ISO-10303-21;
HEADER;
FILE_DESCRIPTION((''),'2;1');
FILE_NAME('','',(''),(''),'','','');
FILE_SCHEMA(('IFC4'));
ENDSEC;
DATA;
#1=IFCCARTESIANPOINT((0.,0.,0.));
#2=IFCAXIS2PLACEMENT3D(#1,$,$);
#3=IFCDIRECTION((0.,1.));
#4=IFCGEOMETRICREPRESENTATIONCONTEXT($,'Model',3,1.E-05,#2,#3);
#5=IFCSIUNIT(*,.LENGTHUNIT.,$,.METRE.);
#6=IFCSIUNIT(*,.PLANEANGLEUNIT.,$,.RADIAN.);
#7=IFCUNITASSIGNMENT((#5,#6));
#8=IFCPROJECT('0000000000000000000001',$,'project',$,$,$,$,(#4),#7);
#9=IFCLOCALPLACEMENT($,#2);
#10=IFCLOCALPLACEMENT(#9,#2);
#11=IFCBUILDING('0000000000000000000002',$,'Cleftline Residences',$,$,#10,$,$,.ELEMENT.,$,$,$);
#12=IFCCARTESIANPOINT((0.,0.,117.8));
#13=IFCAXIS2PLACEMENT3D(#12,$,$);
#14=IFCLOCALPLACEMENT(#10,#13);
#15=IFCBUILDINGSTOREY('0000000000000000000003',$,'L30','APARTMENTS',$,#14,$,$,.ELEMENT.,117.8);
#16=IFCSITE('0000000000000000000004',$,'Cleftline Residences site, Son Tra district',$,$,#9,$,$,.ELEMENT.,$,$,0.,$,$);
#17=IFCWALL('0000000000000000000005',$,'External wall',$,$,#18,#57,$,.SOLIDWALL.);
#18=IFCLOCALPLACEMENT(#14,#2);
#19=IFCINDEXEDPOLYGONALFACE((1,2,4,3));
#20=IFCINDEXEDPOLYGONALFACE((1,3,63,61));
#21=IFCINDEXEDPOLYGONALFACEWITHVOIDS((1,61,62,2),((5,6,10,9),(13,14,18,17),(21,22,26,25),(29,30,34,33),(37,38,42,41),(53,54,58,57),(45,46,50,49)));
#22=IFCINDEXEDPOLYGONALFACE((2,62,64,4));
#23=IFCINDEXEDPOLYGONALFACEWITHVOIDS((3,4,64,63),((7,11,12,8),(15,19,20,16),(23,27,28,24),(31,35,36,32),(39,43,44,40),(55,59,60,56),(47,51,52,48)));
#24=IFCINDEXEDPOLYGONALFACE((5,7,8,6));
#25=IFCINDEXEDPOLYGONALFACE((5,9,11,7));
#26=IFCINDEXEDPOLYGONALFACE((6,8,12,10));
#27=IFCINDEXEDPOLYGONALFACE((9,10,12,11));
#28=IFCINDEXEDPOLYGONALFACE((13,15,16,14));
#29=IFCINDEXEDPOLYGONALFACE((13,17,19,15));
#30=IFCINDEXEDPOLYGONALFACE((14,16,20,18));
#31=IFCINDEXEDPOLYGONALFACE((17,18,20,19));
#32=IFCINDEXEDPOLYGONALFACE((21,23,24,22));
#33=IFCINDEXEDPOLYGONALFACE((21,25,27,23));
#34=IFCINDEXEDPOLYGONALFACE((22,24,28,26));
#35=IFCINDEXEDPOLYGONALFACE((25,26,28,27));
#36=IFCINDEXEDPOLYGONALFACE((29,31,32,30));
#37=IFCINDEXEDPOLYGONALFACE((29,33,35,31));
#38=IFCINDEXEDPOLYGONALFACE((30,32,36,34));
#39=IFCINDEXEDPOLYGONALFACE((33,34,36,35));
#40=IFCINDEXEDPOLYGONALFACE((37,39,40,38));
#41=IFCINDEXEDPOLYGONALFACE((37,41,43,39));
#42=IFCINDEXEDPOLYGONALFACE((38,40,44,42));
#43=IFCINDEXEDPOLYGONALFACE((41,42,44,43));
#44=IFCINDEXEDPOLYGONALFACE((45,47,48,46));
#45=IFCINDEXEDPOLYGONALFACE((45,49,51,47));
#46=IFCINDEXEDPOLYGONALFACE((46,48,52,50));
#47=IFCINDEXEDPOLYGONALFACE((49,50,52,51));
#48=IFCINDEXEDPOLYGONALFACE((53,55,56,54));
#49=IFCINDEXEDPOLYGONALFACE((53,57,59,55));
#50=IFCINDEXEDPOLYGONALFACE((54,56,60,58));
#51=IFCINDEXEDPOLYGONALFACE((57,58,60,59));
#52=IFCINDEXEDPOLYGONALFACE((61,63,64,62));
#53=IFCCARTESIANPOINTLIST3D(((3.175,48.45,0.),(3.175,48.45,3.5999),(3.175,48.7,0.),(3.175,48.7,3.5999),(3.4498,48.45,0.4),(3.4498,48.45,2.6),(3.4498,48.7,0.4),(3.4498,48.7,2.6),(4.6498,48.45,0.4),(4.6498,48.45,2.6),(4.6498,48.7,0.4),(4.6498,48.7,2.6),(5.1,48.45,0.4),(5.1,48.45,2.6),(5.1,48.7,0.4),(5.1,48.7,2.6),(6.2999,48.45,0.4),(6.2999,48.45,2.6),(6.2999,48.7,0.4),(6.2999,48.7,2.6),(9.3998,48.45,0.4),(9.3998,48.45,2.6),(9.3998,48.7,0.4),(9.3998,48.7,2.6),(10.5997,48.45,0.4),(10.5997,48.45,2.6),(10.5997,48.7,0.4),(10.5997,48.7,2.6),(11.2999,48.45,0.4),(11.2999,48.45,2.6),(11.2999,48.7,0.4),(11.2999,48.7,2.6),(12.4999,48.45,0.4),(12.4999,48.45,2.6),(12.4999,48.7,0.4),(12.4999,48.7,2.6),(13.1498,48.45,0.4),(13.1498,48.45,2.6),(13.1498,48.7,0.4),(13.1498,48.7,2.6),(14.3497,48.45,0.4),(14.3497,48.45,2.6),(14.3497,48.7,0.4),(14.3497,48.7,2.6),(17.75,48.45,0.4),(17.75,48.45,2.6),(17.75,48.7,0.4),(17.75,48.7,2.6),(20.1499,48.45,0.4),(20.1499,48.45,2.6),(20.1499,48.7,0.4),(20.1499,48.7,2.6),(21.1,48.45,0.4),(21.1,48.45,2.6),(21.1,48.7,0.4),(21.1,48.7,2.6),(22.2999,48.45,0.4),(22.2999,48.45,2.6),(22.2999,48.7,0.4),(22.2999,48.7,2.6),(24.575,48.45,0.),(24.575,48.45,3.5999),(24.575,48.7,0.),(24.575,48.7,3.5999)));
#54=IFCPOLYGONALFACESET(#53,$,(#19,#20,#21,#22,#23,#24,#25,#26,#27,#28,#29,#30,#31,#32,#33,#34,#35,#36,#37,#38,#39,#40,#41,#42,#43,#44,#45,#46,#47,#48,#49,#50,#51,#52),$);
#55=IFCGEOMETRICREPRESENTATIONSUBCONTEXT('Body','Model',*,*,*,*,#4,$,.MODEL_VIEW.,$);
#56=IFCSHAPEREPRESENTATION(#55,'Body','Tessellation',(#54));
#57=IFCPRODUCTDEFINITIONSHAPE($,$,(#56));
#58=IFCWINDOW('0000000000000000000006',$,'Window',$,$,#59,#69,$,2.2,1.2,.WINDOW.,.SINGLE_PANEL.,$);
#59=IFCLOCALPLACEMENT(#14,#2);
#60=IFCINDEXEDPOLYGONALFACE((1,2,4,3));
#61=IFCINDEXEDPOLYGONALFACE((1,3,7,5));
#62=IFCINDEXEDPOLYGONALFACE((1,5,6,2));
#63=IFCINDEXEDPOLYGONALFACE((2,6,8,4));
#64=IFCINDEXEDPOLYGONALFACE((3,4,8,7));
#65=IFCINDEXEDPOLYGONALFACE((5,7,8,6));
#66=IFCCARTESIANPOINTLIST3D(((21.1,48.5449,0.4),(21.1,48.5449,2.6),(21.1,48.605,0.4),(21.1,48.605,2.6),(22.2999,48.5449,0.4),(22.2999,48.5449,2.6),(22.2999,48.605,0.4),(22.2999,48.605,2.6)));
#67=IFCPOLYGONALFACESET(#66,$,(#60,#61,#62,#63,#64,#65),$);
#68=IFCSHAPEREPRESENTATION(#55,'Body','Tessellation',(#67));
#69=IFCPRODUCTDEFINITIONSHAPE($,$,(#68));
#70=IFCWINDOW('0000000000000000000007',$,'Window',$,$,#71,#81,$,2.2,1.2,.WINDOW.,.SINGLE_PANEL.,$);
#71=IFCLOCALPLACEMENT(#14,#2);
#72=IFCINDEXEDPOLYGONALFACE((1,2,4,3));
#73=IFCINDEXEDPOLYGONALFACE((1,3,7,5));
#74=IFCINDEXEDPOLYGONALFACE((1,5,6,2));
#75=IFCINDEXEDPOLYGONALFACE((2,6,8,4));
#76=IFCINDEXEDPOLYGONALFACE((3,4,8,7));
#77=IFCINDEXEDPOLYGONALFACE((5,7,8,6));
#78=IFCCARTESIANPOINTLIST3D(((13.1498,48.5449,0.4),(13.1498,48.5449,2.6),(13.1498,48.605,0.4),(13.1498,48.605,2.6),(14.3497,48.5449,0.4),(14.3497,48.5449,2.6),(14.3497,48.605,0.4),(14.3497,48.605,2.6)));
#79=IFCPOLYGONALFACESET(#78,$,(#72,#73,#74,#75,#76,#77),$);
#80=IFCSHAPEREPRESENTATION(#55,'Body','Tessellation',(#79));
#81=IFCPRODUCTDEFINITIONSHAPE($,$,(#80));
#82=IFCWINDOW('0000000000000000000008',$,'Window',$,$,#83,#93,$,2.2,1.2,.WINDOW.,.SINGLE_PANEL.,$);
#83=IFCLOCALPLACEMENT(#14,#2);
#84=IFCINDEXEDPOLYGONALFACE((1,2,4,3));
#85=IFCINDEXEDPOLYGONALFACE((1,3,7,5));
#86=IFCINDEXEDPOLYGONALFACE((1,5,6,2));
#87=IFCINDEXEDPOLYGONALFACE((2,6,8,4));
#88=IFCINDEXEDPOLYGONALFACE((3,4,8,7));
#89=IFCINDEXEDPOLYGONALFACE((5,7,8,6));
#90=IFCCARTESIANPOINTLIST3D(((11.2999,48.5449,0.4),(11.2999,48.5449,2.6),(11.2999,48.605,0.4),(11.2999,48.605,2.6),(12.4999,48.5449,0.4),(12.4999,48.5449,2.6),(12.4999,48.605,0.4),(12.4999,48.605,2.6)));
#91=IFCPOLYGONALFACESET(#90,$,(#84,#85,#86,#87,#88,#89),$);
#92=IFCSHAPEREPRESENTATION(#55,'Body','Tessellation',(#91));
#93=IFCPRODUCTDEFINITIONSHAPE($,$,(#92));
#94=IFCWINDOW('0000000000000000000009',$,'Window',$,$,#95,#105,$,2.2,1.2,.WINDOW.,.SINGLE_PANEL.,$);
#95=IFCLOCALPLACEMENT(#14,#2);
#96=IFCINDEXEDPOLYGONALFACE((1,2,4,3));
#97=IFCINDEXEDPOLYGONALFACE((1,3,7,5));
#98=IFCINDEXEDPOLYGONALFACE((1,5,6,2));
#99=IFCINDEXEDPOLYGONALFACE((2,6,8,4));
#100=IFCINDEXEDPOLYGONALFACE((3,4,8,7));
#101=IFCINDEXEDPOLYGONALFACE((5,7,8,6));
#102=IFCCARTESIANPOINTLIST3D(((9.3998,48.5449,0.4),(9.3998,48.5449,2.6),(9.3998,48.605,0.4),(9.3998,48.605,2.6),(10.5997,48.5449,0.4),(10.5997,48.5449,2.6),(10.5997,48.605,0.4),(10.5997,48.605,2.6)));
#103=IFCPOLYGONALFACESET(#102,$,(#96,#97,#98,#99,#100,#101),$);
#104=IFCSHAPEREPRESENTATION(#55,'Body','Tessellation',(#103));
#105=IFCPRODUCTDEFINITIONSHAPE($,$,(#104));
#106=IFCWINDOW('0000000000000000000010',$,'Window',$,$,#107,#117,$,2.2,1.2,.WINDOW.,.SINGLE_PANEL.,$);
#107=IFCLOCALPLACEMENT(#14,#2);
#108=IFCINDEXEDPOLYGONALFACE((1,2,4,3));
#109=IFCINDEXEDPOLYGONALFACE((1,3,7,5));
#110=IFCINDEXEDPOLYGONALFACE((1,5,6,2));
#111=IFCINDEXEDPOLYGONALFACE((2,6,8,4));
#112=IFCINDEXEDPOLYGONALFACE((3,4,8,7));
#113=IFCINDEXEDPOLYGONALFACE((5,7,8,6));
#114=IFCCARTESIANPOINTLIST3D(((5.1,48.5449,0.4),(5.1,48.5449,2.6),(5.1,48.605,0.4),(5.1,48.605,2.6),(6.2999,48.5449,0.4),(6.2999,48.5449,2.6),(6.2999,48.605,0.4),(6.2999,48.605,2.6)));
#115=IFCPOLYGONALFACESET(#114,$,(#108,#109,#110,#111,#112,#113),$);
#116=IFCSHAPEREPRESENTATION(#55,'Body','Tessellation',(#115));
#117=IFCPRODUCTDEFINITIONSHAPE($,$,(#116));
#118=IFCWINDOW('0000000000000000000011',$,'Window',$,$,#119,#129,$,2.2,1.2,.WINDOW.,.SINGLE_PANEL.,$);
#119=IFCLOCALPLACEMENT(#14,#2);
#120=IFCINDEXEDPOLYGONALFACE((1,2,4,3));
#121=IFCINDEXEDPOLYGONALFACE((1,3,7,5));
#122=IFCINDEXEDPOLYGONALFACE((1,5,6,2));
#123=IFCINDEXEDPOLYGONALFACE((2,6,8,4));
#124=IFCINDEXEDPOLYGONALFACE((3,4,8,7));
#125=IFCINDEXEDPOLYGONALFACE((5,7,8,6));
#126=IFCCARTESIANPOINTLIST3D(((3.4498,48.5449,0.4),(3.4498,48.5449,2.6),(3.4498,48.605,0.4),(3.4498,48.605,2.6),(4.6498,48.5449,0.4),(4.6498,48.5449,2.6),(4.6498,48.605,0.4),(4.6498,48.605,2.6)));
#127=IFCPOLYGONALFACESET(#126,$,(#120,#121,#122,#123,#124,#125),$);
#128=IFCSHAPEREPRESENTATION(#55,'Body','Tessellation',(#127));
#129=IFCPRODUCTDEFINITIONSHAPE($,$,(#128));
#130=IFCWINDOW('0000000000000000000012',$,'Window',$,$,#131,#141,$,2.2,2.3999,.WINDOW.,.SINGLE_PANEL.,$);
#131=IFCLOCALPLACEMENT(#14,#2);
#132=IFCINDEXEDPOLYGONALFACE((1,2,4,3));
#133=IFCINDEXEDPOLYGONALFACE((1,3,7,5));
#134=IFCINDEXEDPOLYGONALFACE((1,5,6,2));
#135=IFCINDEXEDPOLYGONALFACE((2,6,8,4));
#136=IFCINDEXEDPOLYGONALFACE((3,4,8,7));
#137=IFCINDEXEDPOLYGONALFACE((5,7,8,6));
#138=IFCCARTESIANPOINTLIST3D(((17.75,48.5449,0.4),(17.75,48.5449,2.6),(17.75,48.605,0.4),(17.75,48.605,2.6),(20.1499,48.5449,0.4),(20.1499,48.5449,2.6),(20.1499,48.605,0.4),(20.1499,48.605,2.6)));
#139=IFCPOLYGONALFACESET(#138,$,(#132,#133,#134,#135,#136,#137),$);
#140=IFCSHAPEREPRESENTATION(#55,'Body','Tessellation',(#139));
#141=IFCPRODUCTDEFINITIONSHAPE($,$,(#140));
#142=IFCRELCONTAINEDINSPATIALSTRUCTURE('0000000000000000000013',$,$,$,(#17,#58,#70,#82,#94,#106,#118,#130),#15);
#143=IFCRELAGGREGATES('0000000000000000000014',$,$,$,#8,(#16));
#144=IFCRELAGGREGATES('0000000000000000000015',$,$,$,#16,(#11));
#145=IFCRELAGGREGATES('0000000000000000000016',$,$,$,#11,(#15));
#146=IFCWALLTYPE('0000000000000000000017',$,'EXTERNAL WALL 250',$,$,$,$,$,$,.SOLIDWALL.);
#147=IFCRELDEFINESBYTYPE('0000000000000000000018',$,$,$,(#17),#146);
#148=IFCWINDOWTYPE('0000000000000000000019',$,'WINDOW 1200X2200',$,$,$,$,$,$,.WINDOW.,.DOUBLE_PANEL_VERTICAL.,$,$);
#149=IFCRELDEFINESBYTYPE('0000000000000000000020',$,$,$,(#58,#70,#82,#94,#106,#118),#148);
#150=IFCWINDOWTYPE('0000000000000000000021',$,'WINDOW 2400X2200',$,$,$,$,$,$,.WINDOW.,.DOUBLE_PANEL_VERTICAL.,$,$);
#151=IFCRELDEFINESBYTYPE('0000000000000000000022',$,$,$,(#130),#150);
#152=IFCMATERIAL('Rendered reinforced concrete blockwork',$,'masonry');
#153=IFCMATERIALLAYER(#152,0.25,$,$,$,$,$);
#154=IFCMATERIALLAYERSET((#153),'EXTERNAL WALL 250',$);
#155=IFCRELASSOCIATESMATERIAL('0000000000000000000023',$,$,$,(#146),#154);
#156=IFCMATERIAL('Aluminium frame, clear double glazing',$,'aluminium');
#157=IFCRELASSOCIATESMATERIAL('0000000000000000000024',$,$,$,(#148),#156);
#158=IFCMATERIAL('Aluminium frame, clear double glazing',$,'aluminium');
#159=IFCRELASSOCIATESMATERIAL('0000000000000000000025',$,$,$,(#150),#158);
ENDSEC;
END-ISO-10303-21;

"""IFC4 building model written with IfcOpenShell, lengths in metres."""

from ifc_helpers import new_model, si_unit, direction, frame, frame_2d, origin, place, context, subcontext, project, spatial, rectangle, extrude, material, layer, layer_set, type_object, element, fill, save


model = new_model("IFC4")

# Units and contexts
model_context = context("Model", 3, precision=1e-05, world=origin(), true_north=direction((0.0, 1.0)))
body_context = subcontext(model_context, "Body", "Model", "MODEL_VIEW")
ifc_project = project(units=[si_unit("LENGTHUNIT", "METRE"), si_unit("PLANEANGLEUNIT", "RADIAN")], contexts=[model_context])

# Site, building, storey
site_placement = place(None, origin())
site = spatial("IfcSite", under=ifc_project, at=site_placement, Name="Cleftline Residences site, Son Tra district", CompositionType="ELEMENT", RefElevation=0.0)
building_placement = place(site_placement, origin())
building = spatial("IfcBuilding", under=site, at=building_placement, Name="Cleftline Residences", CompositionType="ELEMENT")
storey_placement = place(building_placement, frame((0.0, 0.0, 117.8)))
storey = spatial("IfcBuildingStorey", under=building, at=storey_placement, Name="L30", Description="APARTMENTS", CompositionType="ELEMENT", Elevation=117.8)

# Wall, openings, windows
ifc_material_1 = material(Name="Rendered reinforced concrete blockwork", Category="masonry")
ifc_layer_1 = layer(ifc_material_1, 0.25)
ifc_layer_set_1 = layer_set([ifc_layer_1], Name="EXTERNAL WALL 250")
wall_type = type_object("IfcWallType", Name="EXTERNAL WALL 250", PredefinedType="SOLIDWALL", material=ifc_layer_set_1)
wall_placement = place(storey_placement, frame((24.575, 48.575, 0.0), z_axis=(0.0, 0.0, 1.0), x_axis=(-1.0, 0.0, 0.0)))
wall = element("IfcWall", 1, at=wall_placement, inside=storey, type_object=wall_type, Name="External wall", PredefinedType="SOLIDWALL", context=body_context, shape_type="SweptSolid", body=[
    extrude(rectangle(XDim=21.3999, YDim=0.25, at=frame_2d((10.7, 0.0))), origin(), (0.0, 0.0, 1.0), 3.5999),
])
opening_1_placement = place(wall_placement, frame((2.2749, 0.0, 0.3999)))
opening_1 = element("IfcOpeningElement", 2, at=opening_1_placement, cuts=wall, PredefinedType="OPENING", context=body_context, shape_type="SweptSolid", body=[
    extrude(rectangle(XDim=1.2, YDim=2.2, at=frame_2d((0.6001, 1.1001))), frame((0.0, 0.135, 0.0), z_axis=(0.0, -1.0, 0.0), x_axis=(1.0, 0.0, 0.0)), (0.0, 0.0, 1.0), 0.27),
])
opening_2_placement = place(wall_placement, frame((4.425, 0.0, 0.3999)))
opening_2 = element("IfcOpeningElement", 3, at=opening_2_placement, cuts=wall, PredefinedType="OPENING", context=body_context, shape_type="SweptSolid", body=[
    extrude(rectangle(XDim=2.3999, YDim=2.2, at=frame_2d((1.2, 1.1001))), frame((0.0, 0.135, 0.0), z_axis=(0.0, -1.0, 0.0), x_axis=(1.0, 0.0, 0.0)), (0.0, 0.0, 1.0), 0.27),
])
opening_3_placement = place(wall_placement, frame((10.2251, 0.0, 0.3999)))
opening_3 = element("IfcOpeningElement", 4, at=opening_3_placement, cuts=wall, PredefinedType="OPENING", context=body_context, shape_type="SweptSolid", body=[
    extrude(rectangle(XDim=1.2, YDim=2.2, at=frame_2d((0.6001, 1.1001))), frame((0.0, 0.135, 0.0), z_axis=(0.0, -1.0, 0.0), x_axis=(1.0, 0.0, 0.0)), (0.0, 0.0, 1.0), 0.27),
])
opening_4_placement = place(wall_placement, frame((12.075, 0.0, 0.3999)))
opening_4 = element("IfcOpeningElement", 5, at=opening_4_placement, cuts=wall, PredefinedType="OPENING", context=body_context, shape_type="SweptSolid", body=[
    extrude(rectangle(XDim=1.2, YDim=2.2, at=frame_2d((0.6001, 1.1001))), frame((0.0, 0.135, 0.0), z_axis=(0.0, -1.0, 0.0), x_axis=(1.0, 0.0, 0.0)), (0.0, 0.0, 1.0), 0.27),
])
opening_5_placement = place(wall_placement, frame((13.9751, 0.0, 0.3999)))
opening_5 = element("IfcOpeningElement", 6, at=opening_5_placement, cuts=wall, PredefinedType="OPENING", context=body_context, shape_type="SweptSolid", body=[
    extrude(rectangle(XDim=1.2, YDim=2.2, at=frame_2d((0.6001, 1.1001))), frame((0.0, 0.135, 0.0), z_axis=(0.0, -1.0, 0.0), x_axis=(1.0, 0.0, 0.0)), (0.0, 0.0, 1.0), 0.27),
])
opening_6_placement = place(wall_placement, frame((18.2749, 0.0, 0.3999)))
opening_6 = element("IfcOpeningElement", 7, at=opening_6_placement, cuts=wall, PredefinedType="OPENING", context=body_context, shape_type="SweptSolid", body=[
    extrude(rectangle(XDim=1.2, YDim=2.2, at=frame_2d((0.6001, 1.1001))), frame((0.0, 0.135, 0.0), z_axis=(0.0, -1.0, 0.0), x_axis=(1.0, 0.0, 0.0)), (0.0, 0.0, 1.0), 0.27),
])
opening_7_placement = place(wall_placement, frame((19.925, 0.0, 0.3999)))
opening_7 = element("IfcOpeningElement", 8, at=opening_7_placement, cuts=wall, PredefinedType="OPENING", context=body_context, shape_type="SweptSolid", body=[
    extrude(rectangle(XDim=1.2, YDim=2.2, at=frame_2d((0.6001, 1.1001))), frame((0.0, 0.135, 0.0), z_axis=(0.0, -1.0, 0.0), x_axis=(1.0, 0.0, 0.0)), (0.0, 0.0, 1.0), 0.27),
])
ifc_material_2 = material(Name="Aluminium frame, clear double glazing", Category="aluminium")
window_type_1 = type_object("IfcWindowType", Name="WINDOW 1200X2200", PartitioningType="DOUBLE_PANEL_VERTICAL", PredefinedType="WINDOW", material=ifc_material_2)
window_1_placement = place(opening_1_placement, origin())
window_1 = element("IfcWindow", 9, at=window_1_placement, inside=storey, type_object=window_type_1, Name="Window", OverallHeight=2.2, OverallWidth=1.2, PartitioningType="SINGLE_PANEL", PredefinedType="WINDOW", context=body_context, shape_type="SweptSolid", body=[
    extrude(rectangle(XDim=1.2, YDim=2.2, at=frame_2d((0.6001, 1.1001))), frame((0.0, 0.03, 0.0), z_axis=(0.0, -1.0, 0.0), x_axis=(1.0, 0.0, 0.0)), (0.0, 0.0, 1.0), 0.0601),
])
fill(opening_1, window_1)
window_2_placement = place(opening_3_placement, origin())
window_2 = element("IfcWindow", 10, at=window_2_placement, inside=storey, type_object=window_type_1, Name="Window", OverallHeight=2.2, OverallWidth=1.2, PartitioningType="SINGLE_PANEL", PredefinedType="WINDOW", context=body_context, shape_type="SweptSolid", body=[
    extrude(rectangle(XDim=1.2, YDim=2.2, at=frame_2d((0.6001, 1.1001))), frame((0.0, 0.03, 0.0), z_axis=(0.0, -1.0, 0.0), x_axis=(1.0, 0.0, 0.0)), (0.0, 0.0, 1.0), 0.0601),
])
fill(opening_3, window_2)
window_3_placement = place(opening_4_placement, origin())
window_3 = element("IfcWindow", 11, at=window_3_placement, inside=storey, type_object=window_type_1, Name="Window", OverallHeight=2.2, OverallWidth=1.2, PartitioningType="SINGLE_PANEL", PredefinedType="WINDOW", context=body_context, shape_type="SweptSolid", body=[
    extrude(rectangle(XDim=1.2, YDim=2.2, at=frame_2d((0.6001, 1.1001))), frame((0.0, 0.03, 0.0), z_axis=(0.0, -1.0, 0.0), x_axis=(1.0, 0.0, 0.0)), (0.0, 0.0, 1.0), 0.0601),
])
fill(opening_4, window_3)
window_4_placement = place(opening_5_placement, origin())
window_4 = element("IfcWindow", 12, at=window_4_placement, inside=storey, type_object=window_type_1, Name="Window", OverallHeight=2.2, OverallWidth=1.2, PartitioningType="SINGLE_PANEL", PredefinedType="WINDOW", context=body_context, shape_type="SweptSolid", body=[
    extrude(rectangle(XDim=1.2, YDim=2.2, at=frame_2d((0.6001, 1.1001))), frame((0.0, 0.03, 0.0), z_axis=(0.0, -1.0, 0.0), x_axis=(1.0, 0.0, 0.0)), (0.0, 0.0, 1.0), 0.0601),
])
fill(opening_5, window_4)
window_5_placement = place(opening_6_placement, origin())
window_5 = element("IfcWindow", 13, at=window_5_placement, inside=storey, type_object=window_type_1, Name="Window", OverallHeight=2.2, OverallWidth=1.2, PartitioningType="SINGLE_PANEL", PredefinedType="WINDOW", context=body_context, shape_type="SweptSolid", body=[
    extrude(rectangle(XDim=1.2, YDim=2.2, at=frame_2d((0.6001, 1.1001))), frame((0.0, 0.03, 0.0), z_axis=(0.0, -1.0, 0.0), x_axis=(1.0, 0.0, 0.0)), (0.0, 0.0, 1.0), 0.0601),
])
fill(opening_6, window_5)
window_6_placement = place(opening_7_placement, origin())
window_6 = element("IfcWindow", 14, at=window_6_placement, inside=storey, type_object=window_type_1, Name="Window", OverallHeight=2.2, OverallWidth=1.2, PartitioningType="SINGLE_PANEL", PredefinedType="WINDOW", context=body_context, shape_type="SweptSolid", body=[
    extrude(rectangle(XDim=1.2, YDim=2.2, at=frame_2d((0.6001, 1.1001))), frame((0.0, 0.03, 0.0), z_axis=(0.0, -1.0, 0.0), x_axis=(1.0, 0.0, 0.0)), (0.0, 0.0, 1.0), 0.0601),
])
fill(opening_7, window_6)
ifc_material_3 = material(Name="Aluminium frame, clear double glazing", Category="aluminium")
window_type_2 = type_object("IfcWindowType", Name="WINDOW 2400X2200", PartitioningType="DOUBLE_PANEL_VERTICAL", PredefinedType="WINDOW", material=ifc_material_3)
window_7_placement = place(opening_2_placement, origin())
window_7 = element("IfcWindow", 15, at=window_7_placement, inside=storey, type_object=window_type_2, Name="Window", OverallHeight=2.2, OverallWidth=2.3999, PartitioningType="SINGLE_PANEL", PredefinedType="WINDOW", context=body_context, shape_type="SweptSolid", body=[
    extrude(rectangle(XDim=2.3999, YDim=2.2, at=frame_2d((1.2, 1.1001))), frame((0.0, 0.03, 0.0), z_axis=(0.0, -1.0, 0.0), x_axis=(1.0, 0.0, 0.0)), (0.0, 0.0, 1.0), 0.0601),
])
fill(opening_2, window_7)

save(model, "model.ifc")
